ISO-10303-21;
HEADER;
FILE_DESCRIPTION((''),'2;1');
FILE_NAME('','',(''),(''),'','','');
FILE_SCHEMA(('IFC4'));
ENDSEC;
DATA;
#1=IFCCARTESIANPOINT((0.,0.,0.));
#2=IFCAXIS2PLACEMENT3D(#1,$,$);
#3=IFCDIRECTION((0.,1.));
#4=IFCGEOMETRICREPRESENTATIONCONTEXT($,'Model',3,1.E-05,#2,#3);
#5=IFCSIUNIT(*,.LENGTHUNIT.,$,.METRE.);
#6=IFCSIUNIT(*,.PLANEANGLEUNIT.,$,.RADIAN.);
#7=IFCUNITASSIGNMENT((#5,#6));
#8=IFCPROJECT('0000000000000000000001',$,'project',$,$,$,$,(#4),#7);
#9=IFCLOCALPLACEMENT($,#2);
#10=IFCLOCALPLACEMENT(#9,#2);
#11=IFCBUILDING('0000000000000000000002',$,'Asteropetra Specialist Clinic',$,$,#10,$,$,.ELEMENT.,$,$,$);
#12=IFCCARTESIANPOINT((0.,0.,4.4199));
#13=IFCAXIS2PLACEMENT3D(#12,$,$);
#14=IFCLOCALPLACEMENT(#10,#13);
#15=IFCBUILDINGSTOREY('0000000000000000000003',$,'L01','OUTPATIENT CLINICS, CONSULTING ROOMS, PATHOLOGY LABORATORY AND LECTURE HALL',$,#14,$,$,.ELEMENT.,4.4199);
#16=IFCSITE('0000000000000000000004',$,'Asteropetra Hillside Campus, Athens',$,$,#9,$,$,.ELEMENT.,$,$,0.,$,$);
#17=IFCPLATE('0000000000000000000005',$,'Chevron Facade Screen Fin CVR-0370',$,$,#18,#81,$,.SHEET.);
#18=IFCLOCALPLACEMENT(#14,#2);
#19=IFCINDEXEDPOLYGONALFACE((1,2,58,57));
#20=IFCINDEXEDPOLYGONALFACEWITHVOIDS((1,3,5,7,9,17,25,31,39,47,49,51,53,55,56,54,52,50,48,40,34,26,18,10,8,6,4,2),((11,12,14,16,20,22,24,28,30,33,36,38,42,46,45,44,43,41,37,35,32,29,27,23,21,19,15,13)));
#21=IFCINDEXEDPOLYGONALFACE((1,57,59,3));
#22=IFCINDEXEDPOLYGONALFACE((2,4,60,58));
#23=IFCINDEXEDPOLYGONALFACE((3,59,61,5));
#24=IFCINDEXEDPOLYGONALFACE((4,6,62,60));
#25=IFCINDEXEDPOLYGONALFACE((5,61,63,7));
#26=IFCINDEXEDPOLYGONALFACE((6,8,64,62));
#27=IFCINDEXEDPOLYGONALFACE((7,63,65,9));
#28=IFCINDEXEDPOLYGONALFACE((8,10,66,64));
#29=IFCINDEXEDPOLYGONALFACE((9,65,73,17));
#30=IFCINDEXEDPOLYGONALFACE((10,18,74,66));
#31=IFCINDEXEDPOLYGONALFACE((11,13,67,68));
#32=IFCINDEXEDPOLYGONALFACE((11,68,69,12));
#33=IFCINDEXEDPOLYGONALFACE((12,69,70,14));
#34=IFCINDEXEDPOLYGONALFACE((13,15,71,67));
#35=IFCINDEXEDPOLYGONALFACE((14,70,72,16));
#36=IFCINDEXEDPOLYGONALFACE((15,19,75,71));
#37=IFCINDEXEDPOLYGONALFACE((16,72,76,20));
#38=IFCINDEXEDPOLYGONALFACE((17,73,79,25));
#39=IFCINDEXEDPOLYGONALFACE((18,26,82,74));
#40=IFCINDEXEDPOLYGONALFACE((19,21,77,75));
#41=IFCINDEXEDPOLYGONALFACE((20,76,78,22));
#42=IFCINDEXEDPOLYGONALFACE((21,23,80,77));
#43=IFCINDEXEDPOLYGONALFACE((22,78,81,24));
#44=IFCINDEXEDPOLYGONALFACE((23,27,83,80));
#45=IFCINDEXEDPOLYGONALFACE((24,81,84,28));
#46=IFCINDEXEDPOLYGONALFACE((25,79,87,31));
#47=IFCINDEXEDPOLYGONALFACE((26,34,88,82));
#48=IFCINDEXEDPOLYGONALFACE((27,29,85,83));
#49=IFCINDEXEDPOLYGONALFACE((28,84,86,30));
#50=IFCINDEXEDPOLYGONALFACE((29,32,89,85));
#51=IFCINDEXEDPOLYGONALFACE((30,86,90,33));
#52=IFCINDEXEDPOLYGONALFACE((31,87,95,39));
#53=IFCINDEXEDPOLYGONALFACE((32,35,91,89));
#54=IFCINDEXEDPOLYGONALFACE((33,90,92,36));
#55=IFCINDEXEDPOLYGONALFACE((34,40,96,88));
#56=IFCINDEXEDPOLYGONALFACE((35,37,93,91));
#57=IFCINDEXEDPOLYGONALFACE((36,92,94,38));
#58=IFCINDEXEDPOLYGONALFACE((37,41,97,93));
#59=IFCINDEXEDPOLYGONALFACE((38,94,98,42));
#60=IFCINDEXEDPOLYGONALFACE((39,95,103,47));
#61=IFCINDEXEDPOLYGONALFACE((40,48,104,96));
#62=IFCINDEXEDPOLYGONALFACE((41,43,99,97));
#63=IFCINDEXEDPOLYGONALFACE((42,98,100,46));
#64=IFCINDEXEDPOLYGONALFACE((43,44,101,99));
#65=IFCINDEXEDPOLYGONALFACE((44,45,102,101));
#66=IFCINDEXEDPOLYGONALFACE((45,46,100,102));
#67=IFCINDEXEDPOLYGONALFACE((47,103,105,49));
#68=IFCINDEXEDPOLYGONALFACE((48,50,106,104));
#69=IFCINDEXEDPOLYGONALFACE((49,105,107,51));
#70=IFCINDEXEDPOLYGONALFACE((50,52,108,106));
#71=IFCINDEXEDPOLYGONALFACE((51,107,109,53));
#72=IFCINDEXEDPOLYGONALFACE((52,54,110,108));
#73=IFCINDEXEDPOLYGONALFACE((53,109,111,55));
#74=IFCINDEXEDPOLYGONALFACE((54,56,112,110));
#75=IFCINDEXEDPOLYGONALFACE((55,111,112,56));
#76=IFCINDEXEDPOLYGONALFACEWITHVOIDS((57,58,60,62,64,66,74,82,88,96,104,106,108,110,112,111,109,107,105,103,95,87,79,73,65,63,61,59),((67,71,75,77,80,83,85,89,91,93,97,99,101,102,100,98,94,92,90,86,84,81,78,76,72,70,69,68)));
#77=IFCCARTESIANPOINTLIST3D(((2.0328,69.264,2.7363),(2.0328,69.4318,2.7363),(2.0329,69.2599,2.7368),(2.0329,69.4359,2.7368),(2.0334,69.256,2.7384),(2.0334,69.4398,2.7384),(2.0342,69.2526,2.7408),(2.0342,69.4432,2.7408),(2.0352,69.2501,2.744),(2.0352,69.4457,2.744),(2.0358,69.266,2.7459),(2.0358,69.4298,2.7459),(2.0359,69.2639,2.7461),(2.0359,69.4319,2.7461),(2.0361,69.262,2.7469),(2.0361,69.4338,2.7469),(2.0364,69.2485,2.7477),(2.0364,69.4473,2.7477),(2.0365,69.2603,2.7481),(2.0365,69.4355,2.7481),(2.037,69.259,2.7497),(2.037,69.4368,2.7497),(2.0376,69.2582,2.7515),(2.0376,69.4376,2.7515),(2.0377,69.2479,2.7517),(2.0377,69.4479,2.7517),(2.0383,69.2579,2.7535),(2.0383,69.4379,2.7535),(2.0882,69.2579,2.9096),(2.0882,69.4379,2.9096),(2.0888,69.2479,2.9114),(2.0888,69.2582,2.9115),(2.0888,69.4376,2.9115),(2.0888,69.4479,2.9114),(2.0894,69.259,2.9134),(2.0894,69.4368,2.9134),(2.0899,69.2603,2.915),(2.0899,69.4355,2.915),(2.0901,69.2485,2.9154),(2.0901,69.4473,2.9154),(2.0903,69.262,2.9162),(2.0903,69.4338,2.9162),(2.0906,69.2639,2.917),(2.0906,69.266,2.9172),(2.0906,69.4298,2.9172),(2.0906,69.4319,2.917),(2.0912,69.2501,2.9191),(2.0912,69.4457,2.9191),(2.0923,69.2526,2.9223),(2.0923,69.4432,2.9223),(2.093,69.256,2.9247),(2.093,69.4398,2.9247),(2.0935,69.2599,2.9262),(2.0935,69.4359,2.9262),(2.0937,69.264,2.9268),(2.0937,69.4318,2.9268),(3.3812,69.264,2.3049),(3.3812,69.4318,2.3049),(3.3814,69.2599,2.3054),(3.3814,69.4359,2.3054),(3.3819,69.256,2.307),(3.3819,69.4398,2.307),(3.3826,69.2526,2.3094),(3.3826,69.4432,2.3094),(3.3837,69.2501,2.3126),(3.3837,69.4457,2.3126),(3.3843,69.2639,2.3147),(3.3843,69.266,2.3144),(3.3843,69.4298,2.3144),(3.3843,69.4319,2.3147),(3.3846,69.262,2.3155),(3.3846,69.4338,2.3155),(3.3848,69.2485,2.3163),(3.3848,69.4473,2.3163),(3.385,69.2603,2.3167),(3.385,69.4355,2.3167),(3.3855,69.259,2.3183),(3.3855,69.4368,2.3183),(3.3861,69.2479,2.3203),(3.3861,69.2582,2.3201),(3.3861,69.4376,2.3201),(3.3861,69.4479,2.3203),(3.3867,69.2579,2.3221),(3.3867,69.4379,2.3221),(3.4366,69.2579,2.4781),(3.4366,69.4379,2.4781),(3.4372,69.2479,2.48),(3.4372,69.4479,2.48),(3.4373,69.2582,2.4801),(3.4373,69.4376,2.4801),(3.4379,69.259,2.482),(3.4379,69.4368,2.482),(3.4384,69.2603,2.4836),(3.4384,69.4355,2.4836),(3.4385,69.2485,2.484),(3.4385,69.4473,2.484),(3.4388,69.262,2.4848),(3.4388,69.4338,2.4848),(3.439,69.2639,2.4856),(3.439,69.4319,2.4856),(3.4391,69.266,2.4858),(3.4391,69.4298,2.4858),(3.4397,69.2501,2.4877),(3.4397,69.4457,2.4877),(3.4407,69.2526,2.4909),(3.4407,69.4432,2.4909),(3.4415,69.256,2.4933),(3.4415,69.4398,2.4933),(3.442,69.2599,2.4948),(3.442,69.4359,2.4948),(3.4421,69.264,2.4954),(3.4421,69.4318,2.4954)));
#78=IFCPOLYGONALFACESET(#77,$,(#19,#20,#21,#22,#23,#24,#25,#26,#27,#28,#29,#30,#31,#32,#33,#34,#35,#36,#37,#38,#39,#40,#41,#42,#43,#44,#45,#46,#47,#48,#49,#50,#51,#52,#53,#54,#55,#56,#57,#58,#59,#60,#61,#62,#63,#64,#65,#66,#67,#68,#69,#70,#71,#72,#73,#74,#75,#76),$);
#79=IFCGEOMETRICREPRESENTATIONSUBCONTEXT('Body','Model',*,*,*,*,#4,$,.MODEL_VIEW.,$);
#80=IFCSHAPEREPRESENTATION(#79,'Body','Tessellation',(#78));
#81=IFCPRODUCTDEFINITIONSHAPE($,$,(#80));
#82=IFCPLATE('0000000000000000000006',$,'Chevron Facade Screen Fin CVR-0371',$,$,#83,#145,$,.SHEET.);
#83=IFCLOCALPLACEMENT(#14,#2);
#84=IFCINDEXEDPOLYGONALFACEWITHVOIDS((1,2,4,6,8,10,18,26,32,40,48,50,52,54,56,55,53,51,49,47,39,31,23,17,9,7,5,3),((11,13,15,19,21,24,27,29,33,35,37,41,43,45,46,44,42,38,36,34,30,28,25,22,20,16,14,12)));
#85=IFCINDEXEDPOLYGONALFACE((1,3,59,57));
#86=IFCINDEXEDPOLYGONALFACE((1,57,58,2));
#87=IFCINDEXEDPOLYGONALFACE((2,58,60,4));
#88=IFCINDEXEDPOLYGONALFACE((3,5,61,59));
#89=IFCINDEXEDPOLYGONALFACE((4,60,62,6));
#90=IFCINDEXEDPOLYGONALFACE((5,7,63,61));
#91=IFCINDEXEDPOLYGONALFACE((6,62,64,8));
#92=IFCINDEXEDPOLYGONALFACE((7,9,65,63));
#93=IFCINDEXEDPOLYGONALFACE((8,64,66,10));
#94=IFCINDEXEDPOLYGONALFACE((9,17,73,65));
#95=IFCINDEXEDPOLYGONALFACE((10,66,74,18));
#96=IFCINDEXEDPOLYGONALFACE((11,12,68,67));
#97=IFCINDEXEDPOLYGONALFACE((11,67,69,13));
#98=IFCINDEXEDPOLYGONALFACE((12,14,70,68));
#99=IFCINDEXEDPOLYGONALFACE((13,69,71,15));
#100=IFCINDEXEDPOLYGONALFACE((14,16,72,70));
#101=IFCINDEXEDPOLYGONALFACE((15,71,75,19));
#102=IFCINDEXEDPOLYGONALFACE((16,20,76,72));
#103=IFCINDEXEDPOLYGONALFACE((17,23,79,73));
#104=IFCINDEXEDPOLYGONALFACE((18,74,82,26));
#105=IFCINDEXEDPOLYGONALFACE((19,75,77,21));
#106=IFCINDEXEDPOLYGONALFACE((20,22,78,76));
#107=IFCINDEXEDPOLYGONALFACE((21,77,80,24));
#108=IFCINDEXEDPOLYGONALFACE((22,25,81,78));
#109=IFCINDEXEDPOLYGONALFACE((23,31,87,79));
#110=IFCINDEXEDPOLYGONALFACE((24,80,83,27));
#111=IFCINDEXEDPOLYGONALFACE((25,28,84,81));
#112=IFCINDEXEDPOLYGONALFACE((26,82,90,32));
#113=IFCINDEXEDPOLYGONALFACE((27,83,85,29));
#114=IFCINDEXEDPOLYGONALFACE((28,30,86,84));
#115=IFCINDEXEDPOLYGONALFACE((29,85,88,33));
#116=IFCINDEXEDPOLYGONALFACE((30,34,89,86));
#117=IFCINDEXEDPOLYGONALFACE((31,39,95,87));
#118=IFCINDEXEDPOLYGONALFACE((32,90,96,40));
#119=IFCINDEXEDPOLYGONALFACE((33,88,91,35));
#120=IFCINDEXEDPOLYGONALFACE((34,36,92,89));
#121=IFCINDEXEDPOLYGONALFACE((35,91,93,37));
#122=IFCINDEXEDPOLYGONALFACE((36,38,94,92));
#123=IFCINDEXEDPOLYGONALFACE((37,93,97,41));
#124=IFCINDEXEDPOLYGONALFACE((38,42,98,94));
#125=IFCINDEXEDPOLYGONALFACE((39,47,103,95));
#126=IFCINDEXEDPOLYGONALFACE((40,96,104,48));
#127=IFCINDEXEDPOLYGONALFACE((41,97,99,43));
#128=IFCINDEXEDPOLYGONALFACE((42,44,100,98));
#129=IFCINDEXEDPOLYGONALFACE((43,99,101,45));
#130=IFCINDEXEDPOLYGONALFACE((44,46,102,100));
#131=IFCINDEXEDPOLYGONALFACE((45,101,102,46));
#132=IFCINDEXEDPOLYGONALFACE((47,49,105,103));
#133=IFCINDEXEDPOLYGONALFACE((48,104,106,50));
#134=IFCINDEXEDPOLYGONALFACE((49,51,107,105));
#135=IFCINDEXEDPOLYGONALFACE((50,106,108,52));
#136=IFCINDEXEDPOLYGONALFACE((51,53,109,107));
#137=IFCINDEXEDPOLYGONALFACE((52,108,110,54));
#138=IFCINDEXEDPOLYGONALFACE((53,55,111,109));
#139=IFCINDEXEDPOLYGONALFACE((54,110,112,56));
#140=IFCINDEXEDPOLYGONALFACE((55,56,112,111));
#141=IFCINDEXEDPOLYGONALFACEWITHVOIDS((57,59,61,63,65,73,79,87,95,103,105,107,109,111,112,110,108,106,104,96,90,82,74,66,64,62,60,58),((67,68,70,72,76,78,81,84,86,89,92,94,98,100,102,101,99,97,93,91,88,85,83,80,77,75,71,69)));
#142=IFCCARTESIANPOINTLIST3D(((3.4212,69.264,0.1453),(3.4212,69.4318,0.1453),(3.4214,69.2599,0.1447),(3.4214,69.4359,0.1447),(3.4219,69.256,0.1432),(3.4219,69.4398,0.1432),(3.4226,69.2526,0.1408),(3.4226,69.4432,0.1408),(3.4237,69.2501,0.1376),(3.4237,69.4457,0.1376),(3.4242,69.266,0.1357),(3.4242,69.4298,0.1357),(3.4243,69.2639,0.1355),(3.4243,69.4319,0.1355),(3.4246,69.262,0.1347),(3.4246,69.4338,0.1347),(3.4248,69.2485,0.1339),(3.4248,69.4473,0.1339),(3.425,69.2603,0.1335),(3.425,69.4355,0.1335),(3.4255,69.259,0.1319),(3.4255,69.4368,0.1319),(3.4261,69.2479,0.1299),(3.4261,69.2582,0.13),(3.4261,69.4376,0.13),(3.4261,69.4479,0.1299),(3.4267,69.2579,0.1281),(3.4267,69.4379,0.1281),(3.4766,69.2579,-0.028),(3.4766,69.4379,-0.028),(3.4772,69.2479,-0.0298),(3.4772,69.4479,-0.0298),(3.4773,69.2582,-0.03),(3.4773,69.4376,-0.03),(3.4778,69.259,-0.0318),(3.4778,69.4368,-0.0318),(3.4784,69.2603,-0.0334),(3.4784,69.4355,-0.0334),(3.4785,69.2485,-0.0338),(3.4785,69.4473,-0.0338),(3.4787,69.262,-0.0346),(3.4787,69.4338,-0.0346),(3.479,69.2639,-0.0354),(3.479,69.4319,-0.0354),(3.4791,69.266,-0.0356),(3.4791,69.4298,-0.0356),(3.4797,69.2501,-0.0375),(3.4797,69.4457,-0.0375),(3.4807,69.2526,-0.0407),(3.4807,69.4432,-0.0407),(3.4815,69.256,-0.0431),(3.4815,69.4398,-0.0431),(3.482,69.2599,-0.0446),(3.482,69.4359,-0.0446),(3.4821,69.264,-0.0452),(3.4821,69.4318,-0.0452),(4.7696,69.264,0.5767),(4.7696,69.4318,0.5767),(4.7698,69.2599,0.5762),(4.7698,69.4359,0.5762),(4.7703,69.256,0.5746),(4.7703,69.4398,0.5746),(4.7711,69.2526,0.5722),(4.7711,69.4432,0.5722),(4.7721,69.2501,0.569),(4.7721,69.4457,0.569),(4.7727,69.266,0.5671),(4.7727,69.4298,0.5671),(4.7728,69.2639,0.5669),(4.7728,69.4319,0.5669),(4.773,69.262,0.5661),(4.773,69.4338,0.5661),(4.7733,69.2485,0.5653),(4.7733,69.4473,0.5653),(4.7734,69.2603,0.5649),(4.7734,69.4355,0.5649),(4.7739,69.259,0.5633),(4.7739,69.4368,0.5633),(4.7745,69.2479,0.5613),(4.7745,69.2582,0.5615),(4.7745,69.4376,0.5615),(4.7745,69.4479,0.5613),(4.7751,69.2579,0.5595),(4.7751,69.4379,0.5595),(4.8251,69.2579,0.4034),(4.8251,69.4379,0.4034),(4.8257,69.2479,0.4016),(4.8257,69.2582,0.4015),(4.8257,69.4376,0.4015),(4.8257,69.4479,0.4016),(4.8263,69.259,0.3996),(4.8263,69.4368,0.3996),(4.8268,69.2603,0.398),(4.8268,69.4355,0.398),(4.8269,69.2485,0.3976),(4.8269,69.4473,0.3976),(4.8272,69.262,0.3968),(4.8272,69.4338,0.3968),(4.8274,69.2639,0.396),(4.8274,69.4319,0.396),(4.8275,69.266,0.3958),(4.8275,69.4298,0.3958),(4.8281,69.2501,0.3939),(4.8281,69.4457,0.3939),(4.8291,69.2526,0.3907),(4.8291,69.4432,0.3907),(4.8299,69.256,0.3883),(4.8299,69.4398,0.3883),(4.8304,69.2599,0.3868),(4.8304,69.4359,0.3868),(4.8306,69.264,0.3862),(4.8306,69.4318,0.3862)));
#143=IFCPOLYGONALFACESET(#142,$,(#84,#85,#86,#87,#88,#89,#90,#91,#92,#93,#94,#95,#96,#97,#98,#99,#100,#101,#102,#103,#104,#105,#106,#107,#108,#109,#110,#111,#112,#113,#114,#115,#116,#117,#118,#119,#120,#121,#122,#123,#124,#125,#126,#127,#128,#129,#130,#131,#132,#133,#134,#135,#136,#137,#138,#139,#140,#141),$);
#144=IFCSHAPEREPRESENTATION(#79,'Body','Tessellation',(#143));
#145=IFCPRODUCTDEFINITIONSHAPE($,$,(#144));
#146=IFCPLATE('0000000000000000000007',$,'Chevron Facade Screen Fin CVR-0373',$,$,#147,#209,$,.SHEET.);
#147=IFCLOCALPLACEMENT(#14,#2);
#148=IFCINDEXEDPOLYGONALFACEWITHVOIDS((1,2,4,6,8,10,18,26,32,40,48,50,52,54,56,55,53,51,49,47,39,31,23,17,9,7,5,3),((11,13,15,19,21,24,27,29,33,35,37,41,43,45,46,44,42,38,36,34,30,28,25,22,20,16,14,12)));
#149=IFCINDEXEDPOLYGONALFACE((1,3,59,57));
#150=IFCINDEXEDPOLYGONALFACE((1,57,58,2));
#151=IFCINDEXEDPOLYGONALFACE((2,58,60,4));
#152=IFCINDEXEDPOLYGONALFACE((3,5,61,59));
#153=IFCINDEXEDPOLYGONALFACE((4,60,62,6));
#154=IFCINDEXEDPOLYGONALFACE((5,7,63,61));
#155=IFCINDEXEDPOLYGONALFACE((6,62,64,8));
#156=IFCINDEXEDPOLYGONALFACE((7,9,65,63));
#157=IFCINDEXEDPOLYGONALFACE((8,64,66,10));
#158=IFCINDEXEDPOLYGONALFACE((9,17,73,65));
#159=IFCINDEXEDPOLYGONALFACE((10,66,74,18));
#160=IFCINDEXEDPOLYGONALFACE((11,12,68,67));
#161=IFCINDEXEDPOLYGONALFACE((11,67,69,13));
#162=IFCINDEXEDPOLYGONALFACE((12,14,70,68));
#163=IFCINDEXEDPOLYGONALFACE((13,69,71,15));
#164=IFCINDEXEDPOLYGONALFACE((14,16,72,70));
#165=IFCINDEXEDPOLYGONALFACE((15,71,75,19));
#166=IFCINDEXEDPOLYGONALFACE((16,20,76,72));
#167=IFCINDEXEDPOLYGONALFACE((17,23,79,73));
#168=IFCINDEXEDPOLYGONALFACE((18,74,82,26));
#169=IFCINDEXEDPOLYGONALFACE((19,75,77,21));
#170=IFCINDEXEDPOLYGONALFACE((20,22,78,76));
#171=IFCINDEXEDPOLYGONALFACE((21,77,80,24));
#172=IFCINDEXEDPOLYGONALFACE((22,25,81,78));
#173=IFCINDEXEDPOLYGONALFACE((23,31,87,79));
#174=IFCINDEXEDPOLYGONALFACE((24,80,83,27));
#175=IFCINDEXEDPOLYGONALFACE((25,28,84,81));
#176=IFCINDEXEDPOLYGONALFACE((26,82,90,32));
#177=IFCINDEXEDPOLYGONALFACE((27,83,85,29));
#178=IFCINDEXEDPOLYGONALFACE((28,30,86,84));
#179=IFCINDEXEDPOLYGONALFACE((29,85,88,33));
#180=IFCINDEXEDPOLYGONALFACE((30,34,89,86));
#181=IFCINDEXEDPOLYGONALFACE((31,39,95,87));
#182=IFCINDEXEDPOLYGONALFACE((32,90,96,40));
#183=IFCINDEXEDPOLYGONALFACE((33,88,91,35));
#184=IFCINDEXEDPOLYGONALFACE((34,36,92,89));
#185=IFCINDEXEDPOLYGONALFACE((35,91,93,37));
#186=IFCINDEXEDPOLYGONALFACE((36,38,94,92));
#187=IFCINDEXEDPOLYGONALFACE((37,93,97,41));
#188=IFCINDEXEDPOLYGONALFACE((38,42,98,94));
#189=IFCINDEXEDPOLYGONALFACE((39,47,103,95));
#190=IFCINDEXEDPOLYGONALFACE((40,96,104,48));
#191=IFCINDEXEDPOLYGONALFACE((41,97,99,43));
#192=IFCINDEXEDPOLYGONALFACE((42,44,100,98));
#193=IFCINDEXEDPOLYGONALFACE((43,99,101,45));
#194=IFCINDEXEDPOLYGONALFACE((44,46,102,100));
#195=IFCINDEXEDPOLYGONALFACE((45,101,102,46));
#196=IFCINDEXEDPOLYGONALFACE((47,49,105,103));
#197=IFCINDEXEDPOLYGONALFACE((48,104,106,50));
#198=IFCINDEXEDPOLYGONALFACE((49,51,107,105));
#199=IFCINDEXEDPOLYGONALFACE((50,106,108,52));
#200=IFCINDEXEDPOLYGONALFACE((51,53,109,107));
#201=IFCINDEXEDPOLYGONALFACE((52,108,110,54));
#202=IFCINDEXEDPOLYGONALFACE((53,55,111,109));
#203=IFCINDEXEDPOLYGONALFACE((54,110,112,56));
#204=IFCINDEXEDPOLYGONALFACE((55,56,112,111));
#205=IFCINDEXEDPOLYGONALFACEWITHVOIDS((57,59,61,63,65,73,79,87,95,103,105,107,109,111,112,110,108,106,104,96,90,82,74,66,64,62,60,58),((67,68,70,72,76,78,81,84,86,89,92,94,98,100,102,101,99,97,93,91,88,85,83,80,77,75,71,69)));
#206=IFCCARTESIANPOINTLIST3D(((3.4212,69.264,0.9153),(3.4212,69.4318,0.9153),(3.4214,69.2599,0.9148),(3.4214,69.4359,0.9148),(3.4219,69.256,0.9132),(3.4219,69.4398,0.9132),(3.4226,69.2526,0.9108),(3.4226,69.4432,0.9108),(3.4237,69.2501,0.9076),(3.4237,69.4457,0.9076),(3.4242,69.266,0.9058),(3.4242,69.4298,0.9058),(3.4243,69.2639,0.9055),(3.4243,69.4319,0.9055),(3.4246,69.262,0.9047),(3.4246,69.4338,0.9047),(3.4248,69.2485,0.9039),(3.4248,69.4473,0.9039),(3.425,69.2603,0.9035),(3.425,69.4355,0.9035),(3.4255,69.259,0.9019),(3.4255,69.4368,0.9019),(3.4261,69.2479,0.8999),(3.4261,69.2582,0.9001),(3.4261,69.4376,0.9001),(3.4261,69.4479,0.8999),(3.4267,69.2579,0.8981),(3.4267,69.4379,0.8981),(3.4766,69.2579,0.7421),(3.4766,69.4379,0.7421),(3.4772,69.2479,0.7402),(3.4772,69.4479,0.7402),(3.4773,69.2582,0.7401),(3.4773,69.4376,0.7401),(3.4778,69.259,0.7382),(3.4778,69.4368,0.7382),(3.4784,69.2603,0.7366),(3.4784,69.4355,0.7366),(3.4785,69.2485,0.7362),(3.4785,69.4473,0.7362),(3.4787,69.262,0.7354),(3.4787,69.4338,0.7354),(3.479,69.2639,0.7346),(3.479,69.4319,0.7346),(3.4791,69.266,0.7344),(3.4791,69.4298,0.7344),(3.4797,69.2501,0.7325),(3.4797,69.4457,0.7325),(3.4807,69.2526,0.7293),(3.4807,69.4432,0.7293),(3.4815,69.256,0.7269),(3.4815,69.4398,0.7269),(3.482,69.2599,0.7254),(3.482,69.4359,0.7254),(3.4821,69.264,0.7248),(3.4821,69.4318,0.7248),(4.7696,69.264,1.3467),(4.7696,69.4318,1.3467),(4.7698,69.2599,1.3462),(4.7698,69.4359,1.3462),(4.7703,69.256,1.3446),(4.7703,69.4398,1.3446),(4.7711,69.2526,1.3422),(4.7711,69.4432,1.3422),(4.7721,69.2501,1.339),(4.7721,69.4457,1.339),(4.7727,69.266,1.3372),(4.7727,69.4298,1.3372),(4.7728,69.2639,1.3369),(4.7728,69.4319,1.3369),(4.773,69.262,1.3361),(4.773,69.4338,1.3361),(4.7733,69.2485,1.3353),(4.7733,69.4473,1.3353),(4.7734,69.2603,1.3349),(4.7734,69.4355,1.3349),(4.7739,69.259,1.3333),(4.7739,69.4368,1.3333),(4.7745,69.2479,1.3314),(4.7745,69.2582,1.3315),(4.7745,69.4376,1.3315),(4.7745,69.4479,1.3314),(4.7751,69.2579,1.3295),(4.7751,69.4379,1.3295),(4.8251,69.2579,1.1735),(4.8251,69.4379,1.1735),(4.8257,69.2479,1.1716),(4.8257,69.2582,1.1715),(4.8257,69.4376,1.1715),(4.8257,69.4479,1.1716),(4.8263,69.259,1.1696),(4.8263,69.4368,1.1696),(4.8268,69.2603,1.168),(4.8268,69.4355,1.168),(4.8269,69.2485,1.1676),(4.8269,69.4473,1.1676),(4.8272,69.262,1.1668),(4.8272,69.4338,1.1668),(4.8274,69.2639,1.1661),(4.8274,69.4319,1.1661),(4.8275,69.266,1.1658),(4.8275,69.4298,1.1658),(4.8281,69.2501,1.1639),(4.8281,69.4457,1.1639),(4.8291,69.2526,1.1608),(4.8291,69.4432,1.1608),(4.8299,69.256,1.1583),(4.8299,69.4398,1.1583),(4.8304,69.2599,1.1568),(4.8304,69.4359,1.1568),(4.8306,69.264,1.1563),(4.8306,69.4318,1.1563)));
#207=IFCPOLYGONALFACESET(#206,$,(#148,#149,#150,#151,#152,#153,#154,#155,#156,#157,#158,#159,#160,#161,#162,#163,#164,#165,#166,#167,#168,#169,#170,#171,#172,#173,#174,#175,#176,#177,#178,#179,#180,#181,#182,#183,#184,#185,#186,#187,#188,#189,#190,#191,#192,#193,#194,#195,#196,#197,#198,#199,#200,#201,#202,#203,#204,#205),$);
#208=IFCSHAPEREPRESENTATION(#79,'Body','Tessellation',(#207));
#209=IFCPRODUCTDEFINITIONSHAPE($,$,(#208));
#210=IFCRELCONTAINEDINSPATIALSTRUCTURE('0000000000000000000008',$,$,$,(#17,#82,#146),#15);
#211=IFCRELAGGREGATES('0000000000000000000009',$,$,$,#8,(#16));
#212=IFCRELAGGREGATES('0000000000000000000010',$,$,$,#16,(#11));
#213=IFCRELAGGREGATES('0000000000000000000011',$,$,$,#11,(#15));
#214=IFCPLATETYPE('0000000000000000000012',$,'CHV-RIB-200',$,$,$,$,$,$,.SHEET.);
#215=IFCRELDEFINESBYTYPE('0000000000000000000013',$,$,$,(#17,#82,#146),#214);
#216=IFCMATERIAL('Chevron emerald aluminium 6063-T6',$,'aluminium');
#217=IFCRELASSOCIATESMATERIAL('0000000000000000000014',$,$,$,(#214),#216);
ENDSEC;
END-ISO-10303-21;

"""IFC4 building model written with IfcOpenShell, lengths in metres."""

from ifc_helpers import new_model, si_unit, direction, frame, origin, origin_2d, place, context, subcontext, project, spatial, hollow_rectangle, extrude, material, material_profile, profile_set, type_object, element, save


model = new_model("IFC4")

# Units and contexts
model_context = context("Model", 3, precision=1e-05, world=origin(), true_north=direction((0.0, 1.0)))
body_context = subcontext(model_context, "Body", "Model", "MODEL_VIEW")
ifc_project = project(units=[si_unit("LENGTHUNIT", "METRE"), si_unit("PLANEANGLEUNIT", "RADIAN")], contexts=[model_context])

# Site, building, storey
site_placement = place(None, origin())
site = spatial("IfcSite", under=ifc_project, at=site_placement, Name="Asteropetra Hillside Campus, Athens", CompositionType="ELEMENT", RefElevation=0.0)
building_placement = place(site_placement, origin())
building = spatial("IfcBuilding", under=site, at=building_placement, Name="Asteropetra Specialist Clinic", CompositionType="ELEMENT")
storey_placement = place(building_placement, frame((0.0, 0.0, 4.4199)))
storey = spatial("IfcBuildingStorey", under=building, at=storey_placement, Name="L01", Description="OUTPATIENT CLINICS, CONSULTING ROOMS, PATHOLOGY LABORATORY AND LECTURE HALL", CompositionType="ELEMENT", Elevation=4.4199)

# Plates
ifc_material_1 = material(Name="Chevron emerald aluminium 6063-T6", Category="aluminium")
ifc_material_profile_1 = material_profile(ifc_material_1, hollow_rectangle(XDim=0.2, YDim=0.2, WallThickness=0.01, InnerFilletRadius=0.0081, OuterFilletRadius=0.0161, at=origin_2d()), Name="SHS 200x200x10.0")
ifc_profile_set_1 = profile_set([ifc_material_profile_1], Name="Chevron emerald aluminium 6063-T6")
plate_type = type_object("IfcPlateType", Name="CHV-RIB-200", PredefinedType="SHEET", material=ifc_profile_set_1)
for number, where, z_axis, x_axis, name in (
    (1, (2.0632, 69.3479, 2.8315), (0.952442, 0.0, -0.304719), (0.0, 1.0, 0.0), "Chevron Facade Screen Fin CVR-0370"),
    (2, (3.4517, 69.3479, 0.05), (0.952442, 0.0, 0.304719), (0.0, 1.0, 0.0), "Chevron Facade Screen Fin CVR-0371"),
    (3, (3.4517, 69.3479, 0.8201), (0.952442, 0.0, 0.304719), (0.0, 1.0, 0.0), "Chevron Facade Screen Fin CVR-0373"),
):
    element("IfcPlate", number, at=place(storey_placement, frame(where, z_axis=z_axis, x_axis=x_axis)), inside=storey, type_object=plate_type, Name=name, PredefinedType="SHEET", context=body_context, shape_type="SweptSolid", body=[
        extrude(hollow_rectangle(XDim=0.2, YDim=0.2, WallThickness=0.01, InnerFilletRadius=0.0081, OuterFilletRadius=0.0161, at=origin_2d()), origin(), (0.0, 0.0, 1.0), 1.4158),
    ])

save(model, "model.ifc")
